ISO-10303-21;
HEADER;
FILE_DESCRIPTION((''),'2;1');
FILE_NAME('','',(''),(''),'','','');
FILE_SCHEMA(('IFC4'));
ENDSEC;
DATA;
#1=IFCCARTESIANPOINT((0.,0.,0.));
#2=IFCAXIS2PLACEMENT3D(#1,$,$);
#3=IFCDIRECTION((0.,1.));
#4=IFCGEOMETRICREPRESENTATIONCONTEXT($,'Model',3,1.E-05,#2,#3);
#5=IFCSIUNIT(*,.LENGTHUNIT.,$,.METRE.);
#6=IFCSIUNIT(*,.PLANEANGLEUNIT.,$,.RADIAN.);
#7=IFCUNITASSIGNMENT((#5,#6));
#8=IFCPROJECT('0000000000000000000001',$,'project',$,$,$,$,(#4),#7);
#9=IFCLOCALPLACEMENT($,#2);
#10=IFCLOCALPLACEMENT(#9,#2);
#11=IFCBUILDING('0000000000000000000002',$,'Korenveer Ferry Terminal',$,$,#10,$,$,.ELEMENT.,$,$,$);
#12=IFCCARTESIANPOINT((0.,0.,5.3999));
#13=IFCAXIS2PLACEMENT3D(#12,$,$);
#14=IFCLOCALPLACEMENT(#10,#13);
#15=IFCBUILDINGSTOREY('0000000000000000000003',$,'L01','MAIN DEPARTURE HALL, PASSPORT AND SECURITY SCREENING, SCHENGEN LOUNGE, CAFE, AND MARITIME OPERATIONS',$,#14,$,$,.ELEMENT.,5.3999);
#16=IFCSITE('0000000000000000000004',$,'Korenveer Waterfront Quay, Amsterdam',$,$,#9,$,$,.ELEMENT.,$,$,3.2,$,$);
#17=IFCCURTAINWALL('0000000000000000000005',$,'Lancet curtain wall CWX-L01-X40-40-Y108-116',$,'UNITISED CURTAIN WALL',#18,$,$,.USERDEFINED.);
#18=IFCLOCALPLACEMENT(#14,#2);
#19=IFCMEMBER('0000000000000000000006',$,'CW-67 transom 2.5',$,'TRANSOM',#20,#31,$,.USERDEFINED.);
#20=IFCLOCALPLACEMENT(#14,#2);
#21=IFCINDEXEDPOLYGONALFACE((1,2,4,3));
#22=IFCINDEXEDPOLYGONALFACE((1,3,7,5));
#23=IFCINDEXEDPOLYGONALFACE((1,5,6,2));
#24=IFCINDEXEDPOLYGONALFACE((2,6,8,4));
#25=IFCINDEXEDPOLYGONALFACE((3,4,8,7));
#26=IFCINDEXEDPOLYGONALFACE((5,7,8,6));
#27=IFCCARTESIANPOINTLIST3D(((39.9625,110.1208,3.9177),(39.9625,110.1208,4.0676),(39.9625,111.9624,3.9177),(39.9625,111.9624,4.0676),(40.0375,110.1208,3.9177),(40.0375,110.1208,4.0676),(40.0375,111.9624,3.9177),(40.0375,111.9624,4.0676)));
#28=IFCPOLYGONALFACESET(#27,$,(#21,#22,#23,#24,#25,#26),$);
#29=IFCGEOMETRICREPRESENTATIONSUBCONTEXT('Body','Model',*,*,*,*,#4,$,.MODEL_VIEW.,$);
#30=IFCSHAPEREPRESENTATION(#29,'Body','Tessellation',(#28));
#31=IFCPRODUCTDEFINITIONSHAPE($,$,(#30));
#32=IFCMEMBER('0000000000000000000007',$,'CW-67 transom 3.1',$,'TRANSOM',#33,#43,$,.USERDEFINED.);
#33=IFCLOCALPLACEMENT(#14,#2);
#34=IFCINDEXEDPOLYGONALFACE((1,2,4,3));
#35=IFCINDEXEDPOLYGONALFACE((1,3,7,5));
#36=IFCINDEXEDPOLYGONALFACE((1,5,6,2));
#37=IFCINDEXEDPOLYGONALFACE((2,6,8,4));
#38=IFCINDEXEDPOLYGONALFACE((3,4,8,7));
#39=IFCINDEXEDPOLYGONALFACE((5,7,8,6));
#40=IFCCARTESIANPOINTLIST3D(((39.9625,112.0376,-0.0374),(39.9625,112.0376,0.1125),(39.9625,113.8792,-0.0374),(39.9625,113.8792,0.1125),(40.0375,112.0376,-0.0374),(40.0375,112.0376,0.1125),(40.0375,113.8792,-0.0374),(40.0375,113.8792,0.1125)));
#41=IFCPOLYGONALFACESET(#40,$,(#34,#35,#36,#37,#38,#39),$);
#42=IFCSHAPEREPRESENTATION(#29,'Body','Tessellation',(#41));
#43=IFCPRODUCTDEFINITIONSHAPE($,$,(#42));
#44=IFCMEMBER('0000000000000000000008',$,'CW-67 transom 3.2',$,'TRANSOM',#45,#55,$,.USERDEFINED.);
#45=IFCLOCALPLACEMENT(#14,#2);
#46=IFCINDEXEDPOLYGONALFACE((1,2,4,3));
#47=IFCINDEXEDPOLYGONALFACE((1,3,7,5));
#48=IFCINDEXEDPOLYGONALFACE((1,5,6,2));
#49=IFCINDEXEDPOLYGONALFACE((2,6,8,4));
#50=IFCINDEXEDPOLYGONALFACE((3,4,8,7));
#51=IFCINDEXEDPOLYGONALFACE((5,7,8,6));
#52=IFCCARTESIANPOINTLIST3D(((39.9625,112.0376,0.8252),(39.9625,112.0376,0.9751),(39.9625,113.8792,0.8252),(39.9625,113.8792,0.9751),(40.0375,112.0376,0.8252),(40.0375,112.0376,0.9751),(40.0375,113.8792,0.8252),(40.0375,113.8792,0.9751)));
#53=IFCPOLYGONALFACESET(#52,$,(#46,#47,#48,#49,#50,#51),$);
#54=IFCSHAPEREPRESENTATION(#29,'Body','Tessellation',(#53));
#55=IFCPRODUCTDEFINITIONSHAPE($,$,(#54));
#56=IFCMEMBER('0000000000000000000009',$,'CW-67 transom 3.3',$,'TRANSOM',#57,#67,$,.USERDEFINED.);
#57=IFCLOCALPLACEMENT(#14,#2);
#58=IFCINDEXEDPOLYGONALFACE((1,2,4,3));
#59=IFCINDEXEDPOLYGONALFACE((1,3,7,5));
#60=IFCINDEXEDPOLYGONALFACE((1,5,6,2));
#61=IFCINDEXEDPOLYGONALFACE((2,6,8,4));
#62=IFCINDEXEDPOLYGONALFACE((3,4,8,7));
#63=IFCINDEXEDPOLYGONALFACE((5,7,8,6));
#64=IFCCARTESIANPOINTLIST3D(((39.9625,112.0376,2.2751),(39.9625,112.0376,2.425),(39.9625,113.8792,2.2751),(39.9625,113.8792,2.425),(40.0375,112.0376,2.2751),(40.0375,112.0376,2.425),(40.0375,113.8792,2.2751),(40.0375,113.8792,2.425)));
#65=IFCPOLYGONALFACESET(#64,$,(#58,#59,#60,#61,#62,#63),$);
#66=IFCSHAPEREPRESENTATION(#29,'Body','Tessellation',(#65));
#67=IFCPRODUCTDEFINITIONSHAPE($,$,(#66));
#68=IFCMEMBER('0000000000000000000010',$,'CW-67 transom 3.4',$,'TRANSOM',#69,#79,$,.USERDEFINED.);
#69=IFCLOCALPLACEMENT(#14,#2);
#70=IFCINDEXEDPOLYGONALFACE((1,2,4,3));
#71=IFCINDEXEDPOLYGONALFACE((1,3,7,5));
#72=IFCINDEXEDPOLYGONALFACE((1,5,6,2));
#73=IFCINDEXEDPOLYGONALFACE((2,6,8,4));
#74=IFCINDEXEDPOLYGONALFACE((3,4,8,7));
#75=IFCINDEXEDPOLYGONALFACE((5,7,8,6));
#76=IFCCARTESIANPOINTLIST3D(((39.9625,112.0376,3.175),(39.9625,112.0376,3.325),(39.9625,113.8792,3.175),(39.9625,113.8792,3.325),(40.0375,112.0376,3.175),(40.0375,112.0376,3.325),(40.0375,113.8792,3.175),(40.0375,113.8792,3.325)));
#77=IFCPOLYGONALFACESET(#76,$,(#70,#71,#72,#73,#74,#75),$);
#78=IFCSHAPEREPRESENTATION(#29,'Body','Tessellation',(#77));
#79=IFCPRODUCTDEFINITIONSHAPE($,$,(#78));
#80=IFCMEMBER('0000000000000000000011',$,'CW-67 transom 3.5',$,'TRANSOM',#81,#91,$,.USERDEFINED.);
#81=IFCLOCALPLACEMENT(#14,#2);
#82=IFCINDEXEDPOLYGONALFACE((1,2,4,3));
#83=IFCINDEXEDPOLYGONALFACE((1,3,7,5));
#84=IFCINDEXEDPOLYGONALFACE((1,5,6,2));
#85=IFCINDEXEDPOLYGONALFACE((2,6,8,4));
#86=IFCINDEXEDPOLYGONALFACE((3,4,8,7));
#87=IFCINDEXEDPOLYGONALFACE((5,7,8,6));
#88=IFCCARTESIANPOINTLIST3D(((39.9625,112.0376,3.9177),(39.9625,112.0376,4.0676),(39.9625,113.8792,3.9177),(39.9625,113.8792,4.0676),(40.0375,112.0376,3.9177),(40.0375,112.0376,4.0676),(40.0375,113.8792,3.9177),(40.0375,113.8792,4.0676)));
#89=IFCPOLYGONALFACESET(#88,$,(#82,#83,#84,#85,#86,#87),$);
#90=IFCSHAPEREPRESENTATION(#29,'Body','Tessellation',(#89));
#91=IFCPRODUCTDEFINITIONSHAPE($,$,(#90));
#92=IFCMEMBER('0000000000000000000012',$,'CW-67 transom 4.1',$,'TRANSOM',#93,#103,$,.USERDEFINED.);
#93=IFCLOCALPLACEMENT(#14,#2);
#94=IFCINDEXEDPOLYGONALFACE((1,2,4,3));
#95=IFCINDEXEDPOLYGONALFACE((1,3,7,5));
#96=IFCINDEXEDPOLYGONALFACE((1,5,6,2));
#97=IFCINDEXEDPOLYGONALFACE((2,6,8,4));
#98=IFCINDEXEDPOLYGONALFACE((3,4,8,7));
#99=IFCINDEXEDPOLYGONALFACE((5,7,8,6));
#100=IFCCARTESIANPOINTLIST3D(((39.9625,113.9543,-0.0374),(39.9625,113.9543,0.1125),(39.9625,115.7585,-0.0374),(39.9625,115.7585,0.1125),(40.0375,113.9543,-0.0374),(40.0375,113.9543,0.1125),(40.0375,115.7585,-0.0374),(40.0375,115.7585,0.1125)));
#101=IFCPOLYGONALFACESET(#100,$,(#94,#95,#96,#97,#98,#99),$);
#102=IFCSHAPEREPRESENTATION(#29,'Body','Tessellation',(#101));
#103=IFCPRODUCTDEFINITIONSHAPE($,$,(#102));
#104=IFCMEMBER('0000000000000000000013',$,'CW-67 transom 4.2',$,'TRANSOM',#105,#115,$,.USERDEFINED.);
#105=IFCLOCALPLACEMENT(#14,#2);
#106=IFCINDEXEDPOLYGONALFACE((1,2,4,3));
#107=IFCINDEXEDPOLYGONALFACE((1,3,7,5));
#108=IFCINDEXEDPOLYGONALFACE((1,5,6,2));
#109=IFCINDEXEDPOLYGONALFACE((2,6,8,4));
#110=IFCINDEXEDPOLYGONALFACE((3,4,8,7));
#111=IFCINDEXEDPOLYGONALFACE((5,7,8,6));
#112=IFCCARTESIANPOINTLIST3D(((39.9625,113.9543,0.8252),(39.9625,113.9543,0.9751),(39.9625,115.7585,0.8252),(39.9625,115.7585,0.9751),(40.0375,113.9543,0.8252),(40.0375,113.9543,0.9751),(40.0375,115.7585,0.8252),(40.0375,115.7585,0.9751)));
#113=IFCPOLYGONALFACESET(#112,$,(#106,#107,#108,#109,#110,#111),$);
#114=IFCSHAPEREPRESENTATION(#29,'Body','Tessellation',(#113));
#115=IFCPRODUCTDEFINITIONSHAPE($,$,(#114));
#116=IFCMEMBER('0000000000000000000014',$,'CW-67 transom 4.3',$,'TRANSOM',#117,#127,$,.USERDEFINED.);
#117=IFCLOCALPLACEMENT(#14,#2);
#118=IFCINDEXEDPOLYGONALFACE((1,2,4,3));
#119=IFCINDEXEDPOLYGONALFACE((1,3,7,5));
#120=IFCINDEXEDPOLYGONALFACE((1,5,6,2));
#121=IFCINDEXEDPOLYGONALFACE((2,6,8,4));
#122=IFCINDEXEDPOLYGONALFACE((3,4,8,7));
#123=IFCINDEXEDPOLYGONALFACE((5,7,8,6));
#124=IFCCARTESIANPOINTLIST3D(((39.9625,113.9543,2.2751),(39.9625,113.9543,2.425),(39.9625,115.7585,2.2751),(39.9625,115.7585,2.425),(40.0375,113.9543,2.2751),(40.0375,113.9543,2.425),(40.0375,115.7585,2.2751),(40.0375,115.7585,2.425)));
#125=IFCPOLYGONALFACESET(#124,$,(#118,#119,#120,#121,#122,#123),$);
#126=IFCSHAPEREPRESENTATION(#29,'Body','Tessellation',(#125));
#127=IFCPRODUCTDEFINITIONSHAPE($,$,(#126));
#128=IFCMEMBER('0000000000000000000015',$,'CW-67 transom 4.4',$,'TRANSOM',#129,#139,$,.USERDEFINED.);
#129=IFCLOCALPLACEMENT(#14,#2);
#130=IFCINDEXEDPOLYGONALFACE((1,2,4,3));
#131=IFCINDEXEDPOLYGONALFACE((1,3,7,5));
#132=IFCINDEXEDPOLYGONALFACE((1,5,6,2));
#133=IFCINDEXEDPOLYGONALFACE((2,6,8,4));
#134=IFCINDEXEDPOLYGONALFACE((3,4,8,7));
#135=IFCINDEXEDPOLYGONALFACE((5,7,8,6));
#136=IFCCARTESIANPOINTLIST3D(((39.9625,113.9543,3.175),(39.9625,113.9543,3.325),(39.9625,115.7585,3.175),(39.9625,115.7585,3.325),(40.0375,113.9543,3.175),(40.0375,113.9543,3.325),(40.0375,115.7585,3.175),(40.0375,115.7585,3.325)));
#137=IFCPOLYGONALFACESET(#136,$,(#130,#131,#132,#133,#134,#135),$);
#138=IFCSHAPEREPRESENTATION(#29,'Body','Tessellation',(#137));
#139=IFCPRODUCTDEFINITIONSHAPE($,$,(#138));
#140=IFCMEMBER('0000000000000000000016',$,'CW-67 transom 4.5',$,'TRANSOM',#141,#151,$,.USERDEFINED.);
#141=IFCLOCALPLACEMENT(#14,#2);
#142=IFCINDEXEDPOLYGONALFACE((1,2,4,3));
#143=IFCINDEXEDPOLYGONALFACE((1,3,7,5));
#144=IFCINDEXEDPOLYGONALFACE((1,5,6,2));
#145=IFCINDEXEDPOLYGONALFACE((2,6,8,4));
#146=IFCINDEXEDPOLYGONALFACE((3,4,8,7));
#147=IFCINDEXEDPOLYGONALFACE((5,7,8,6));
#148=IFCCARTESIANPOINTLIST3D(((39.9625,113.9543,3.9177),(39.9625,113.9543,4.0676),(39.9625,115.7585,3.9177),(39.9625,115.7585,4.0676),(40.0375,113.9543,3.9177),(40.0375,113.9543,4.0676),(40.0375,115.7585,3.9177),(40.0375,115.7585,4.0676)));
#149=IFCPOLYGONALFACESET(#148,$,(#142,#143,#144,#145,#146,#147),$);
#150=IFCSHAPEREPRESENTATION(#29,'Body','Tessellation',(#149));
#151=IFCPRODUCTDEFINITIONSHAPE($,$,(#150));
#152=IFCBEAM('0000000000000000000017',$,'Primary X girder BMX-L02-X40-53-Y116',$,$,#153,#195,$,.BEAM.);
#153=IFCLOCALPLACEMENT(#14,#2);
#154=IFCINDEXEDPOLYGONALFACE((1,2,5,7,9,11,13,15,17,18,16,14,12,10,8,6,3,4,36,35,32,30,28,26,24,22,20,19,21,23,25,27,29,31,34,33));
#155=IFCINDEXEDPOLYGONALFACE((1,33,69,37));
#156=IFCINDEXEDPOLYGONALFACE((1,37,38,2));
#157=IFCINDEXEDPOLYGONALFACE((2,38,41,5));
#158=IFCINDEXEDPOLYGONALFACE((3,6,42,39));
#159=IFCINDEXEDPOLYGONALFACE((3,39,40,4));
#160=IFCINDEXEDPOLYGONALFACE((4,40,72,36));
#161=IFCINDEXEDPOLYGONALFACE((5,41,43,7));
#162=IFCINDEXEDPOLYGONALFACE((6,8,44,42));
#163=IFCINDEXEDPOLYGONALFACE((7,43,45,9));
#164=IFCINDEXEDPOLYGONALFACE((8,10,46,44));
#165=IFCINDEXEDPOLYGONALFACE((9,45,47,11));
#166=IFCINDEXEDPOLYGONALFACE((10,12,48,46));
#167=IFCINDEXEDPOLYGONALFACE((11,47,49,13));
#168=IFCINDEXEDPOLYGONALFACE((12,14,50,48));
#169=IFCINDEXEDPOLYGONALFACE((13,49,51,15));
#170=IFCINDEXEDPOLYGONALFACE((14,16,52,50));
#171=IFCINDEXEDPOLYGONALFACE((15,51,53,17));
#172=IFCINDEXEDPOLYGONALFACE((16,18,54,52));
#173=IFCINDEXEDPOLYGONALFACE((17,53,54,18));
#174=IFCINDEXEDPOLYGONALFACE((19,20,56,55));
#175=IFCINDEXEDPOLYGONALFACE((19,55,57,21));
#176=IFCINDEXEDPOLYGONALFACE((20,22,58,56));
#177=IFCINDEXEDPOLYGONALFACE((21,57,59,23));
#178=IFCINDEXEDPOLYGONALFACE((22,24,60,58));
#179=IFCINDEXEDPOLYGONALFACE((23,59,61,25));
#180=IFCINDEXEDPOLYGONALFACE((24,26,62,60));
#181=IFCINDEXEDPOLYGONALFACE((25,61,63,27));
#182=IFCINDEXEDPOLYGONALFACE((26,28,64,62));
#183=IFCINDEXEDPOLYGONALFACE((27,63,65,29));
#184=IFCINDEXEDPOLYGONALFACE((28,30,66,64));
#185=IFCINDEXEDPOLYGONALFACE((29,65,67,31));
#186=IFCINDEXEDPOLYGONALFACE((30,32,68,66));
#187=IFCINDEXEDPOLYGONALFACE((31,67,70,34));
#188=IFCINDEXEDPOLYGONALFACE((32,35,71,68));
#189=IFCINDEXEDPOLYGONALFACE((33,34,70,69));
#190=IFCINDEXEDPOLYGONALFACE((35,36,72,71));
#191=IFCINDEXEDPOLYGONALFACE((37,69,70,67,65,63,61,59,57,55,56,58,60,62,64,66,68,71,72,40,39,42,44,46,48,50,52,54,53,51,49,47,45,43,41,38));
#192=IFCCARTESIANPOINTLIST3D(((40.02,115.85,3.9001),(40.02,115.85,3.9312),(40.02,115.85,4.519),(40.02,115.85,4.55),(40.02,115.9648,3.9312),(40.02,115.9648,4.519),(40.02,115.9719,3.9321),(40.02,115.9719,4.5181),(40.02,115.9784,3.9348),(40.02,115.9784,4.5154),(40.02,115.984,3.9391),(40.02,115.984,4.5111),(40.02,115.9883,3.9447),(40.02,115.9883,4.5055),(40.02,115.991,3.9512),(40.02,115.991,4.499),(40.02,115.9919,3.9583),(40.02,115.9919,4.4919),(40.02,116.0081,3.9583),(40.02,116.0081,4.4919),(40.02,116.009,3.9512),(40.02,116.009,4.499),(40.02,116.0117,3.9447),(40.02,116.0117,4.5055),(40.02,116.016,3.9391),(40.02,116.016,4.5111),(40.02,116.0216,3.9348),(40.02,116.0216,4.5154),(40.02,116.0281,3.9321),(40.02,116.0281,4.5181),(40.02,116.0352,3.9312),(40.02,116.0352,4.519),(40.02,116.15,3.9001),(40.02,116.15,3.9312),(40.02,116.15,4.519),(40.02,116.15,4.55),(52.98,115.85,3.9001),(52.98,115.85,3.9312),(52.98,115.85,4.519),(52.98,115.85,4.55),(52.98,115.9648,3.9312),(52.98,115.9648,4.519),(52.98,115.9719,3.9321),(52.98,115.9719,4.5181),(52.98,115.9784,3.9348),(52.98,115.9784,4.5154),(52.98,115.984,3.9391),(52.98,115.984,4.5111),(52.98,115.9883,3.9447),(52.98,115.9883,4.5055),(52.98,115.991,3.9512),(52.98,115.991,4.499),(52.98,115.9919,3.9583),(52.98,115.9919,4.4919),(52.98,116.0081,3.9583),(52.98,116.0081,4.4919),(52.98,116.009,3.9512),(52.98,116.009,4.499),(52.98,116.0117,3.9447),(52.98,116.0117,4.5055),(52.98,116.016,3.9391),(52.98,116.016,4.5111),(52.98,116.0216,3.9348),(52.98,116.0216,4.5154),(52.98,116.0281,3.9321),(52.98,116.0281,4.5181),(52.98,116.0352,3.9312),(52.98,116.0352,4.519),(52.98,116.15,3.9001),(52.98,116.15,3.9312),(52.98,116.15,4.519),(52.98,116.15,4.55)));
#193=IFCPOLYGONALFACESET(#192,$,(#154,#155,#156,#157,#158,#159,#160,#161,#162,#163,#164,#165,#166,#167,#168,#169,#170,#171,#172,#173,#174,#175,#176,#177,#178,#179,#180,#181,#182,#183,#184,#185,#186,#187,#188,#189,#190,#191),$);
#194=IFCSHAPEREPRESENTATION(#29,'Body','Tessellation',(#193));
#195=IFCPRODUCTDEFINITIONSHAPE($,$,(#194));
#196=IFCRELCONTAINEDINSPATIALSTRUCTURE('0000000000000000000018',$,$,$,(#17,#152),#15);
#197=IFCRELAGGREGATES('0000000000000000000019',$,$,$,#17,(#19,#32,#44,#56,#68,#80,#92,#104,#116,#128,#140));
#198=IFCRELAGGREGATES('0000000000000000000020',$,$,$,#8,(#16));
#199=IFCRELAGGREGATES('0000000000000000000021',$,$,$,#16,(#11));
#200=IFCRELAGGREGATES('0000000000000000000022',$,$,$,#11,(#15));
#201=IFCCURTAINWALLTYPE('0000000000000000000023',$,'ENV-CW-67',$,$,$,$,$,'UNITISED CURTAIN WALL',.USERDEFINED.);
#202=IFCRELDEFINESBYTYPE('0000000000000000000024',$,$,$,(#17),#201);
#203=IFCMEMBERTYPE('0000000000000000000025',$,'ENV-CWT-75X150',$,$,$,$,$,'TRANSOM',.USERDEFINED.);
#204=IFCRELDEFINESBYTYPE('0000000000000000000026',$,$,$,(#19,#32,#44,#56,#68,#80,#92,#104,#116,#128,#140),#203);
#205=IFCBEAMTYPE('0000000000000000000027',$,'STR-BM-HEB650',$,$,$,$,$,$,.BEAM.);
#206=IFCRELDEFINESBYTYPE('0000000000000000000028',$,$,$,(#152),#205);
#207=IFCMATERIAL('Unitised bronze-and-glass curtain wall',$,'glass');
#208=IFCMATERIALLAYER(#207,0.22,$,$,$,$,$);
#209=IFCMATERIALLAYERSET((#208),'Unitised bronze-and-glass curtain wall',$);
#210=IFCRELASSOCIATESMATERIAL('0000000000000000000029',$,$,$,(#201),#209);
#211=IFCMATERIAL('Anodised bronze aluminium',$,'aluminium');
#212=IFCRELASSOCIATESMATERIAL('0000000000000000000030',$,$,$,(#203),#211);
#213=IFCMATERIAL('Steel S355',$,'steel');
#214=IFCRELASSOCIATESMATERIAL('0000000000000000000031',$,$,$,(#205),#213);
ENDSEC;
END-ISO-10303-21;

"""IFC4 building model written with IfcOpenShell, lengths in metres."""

from ifc_helpers import new_model, si_unit, direction, frame, origin, origin_2d, place, context, subcontext, project, spatial, rectangle, i_section, extrude, material, layer, layer_set, material_profile, profile_set, type_object, element, aggregate, save


model = new_model("IFC4")

# Units and contexts
model_context = context("Model", 3, precision=1e-05, world=origin(), true_north=direction((0.0, 1.0)))
body_context = subcontext(model_context, "Body", "Model", "MODEL_VIEW")
ifc_project = project(units=[si_unit("LENGTHUNIT", "METRE"), si_unit("PLANEANGLEUNIT", "RADIAN")], contexts=[model_context])

# Site, building, storey
site_placement = place(None, origin())
site = spatial("IfcSite", under=ifc_project, at=site_placement, Name="Korenveer Waterfront Quay, Amsterdam", CompositionType="ELEMENT", RefElevation=3.2)
building_placement = place(site_placement, origin())
building = spatial("IfcBuilding", under=site, at=building_placement, Name="Korenveer Ferry Terminal", CompositionType="ELEMENT")
storey_placement = place(building_placement, frame((0.0, 0.0, 5.3999)))
storey = spatial("IfcBuildingStorey", under=building, at=storey_placement, Name="L01", Description="MAIN DEPARTURE HALL, PASSPORT AND SECURITY SCREENING, SCHENGEN LOUNGE, CAFE, AND MARITIME OPERATIONS", CompositionType="ELEMENT", Elevation=5.3999)

# Shared definitions
ifc_material_1 = material(Name="Steel S355", Category="steel")

# Shared definitions
ifc_material_2 = material(Name="Unitised bronze-and-glass curtain wall", Category="glass")
ifc_material_3 = material(Name="Anodised bronze aluminium", Category="aluminium")

# Curtain wall
ifc_layer_1 = layer(ifc_material_2, 0.22)
ifc_layer_set_1 = layer_set([ifc_layer_1], Name="Unitised bronze-and-glass curtain wall")
curtain_wall_type_1 = type_object("IfcCurtainWallType", Name="ENV-CW-67", ElementType="UNITISED CURTAIN WALL", PredefinedType="USERDEFINED", material=ifc_layer_set_1)
curtain_wall_1_placement = place(storey_placement, frame((40.0, 108.1665, 0.0)))
curtain_wall_1 = element("IfcCurtainWall", 1, at=curtain_wall_1_placement, inside=storey, type_object=curtain_wall_type_1, Name="Lancet curtain wall CWX-L01-X40-40-Y108-116", ObjectType="UNITISED CURTAIN WALL", PredefinedType="USERDEFINED")

# Members
ifc_material_profile_1 = material_profile(ifc_material_3, rectangle(XDim=0.075, YDim=0.1499, at=origin_2d()), Name="ALU 75x150")
ifc_profile_set_1 = profile_set([ifc_material_profile_1], Name="Anodised bronze aluminium")
member_type_1 = type_object("IfcMemberType", Name="ENV-CWT-75X150", ElementType="TRANSOM", PredefinedType="USERDEFINED", material=ifc_profile_set_1)
member_1_placement = place(storey_placement, frame((40.0, 110.1208, 3.9927), z_axis=(0.0, 1.0, 0.0), x_axis=(-1.0, 0.0, 0.0)))
member_1 = element("IfcMember", 2, at=member_1_placement, type_object=member_type_1, Name="CW-67 transom 2.5", ObjectType="TRANSOM", PredefinedType="USERDEFINED", context=body_context, shape_type="SweptSolid", body=[
    extrude(rectangle(XDim=0.075, YDim=0.1499, at=origin_2d()), origin(), (0.0, 0.0, 1.0), 1.8416),
])
member_2_placement = place(storey_placement, frame((40.0, 112.0376, 0.0376), z_axis=(0.0, 1.0, 0.0), x_axis=(-1.0, 0.0, 0.0)))
member_2 = element("IfcMember", 3, at=member_2_placement, type_object=member_type_1, Name="CW-67 transom 3.1", ObjectType="TRANSOM", PredefinedType="USERDEFINED", context=body_context, shape_type="SweptSolid", body=[
    extrude(rectangle(XDim=0.075, YDim=0.1499, at=origin_2d()), origin(), (0.0, 0.0, 1.0), 1.8416),
])
member_3_placement = place(storey_placement, frame((40.0, 112.0376, 0.9001), z_axis=(0.0, 1.0, 0.0), x_axis=(-1.0, 0.0, 0.0)))
member_3 = element("IfcMember", 4, at=member_3_placement, type_object=member_type_1, Name="CW-67 transom 3.2", ObjectType="TRANSOM", PredefinedType="USERDEFINED", context=body_context, shape_type="SweptSolid", body=[
    extrude(rectangle(XDim=0.075, YDim=0.1499, at=origin_2d()), origin(), (0.0, 0.0, 1.0), 1.8416),
])
member_4_placement = place(storey_placement, frame((40.0, 112.0376, 2.3501), z_axis=(0.0, 1.0, 0.0), x_axis=(-1.0, 0.0, 0.0)))
member_4 = element("IfcMember", 5, at=member_4_placement, type_object=member_type_1, Name="CW-67 transom 3.3", ObjectType="TRANSOM", PredefinedType="USERDEFINED", context=body_context, shape_type="SweptSolid", body=[
    extrude(rectangle(XDim=0.075, YDim=0.1499, at=origin_2d()), origin(), (0.0, 0.0, 1.0), 1.8416),
])
member_5_placement = place(storey_placement, frame((40.0, 112.0376, 3.25), z_axis=(0.0, 1.0, 0.0), x_axis=(-1.0, 0.0, 0.0)))
member_5 = element("IfcMember", 6, at=member_5_placement, type_object=member_type_1, Name="CW-67 transom 3.4", ObjectType="TRANSOM", PredefinedType="USERDEFINED", context=body_context, shape_type="SweptSolid", body=[
    extrude(rectangle(XDim=0.075, YDim=0.1499, at=origin_2d()), origin(), (0.0, 0.0, 1.0), 1.8416),
])
member_6_placement = place(storey_placement, frame((40.0, 112.0376, 3.9927), z_axis=(0.0, 1.0, 0.0), x_axis=(-1.0, 0.0, 0.0)))
member_6 = element("IfcMember", 7, at=member_6_placement, type_object=member_type_1, Name="CW-67 transom 3.5", ObjectType="TRANSOM", PredefinedType="USERDEFINED", context=body_context, shape_type="SweptSolid", body=[
    extrude(rectangle(XDim=0.075, YDim=0.1499, at=origin_2d()), origin(), (0.0, 0.0, 1.0), 1.8416),
])
member_7_placement = place(storey_placement, frame((40.0, 113.9543, 0.0376), z_axis=(0.0, 1.0, 0.0), x_axis=(-1.0, 0.0, 0.0)))
member_7 = element("IfcMember", 8, at=member_7_placement, type_object=member_type_1, Name="CW-67 transom 4.1", ObjectType="TRANSOM", PredefinedType="USERDEFINED", context=body_context, shape_type="SweptSolid", body=[
    extrude(rectangle(XDim=0.075, YDim=0.1499, at=origin_2d()), origin(), (0.0, 0.0, 1.0), 1.8042),
])
member_8_placement = place(storey_placement, frame((40.0, 113.9543, 0.9001), z_axis=(0.0, 1.0, 0.0), x_axis=(-1.0, 0.0, 0.0)))
member_8 = element("IfcMember", 9, at=member_8_placement, type_object=member_type_1, Name="CW-67 transom 4.2", ObjectType="TRANSOM", PredefinedType="USERDEFINED", context=body_context, shape_type="SweptSolid", body=[
    extrude(rectangle(XDim=0.075, YDim=0.1499, at=origin_2d()), origin(), (0.0, 0.0, 1.0), 1.8042),
])
member_9_placement = place(storey_placement, frame((40.0, 113.9543, 2.3501), z_axis=(0.0, 1.0, 0.0), x_axis=(-1.0, 0.0, 0.0)))
member_9 = element("IfcMember", 10, at=member_9_placement, type_object=member_type_1, Name="CW-67 transom 4.3", ObjectType="TRANSOM", PredefinedType="USERDEFINED", context=body_context, shape_type="SweptSolid", body=[
    extrude(rectangle(XDim=0.075, YDim=0.1499, at=origin_2d()), origin(), (0.0, 0.0, 1.0), 1.8042),
])
member_10_placement = place(storey_placement, frame((40.0, 113.9543, 3.25), z_axis=(0.0, 1.0, 0.0), x_axis=(-1.0, 0.0, 0.0)))
member_10 = element("IfcMember", 11, at=member_10_placement, type_object=member_type_1, Name="CW-67 transom 4.4", ObjectType="TRANSOM", PredefinedType="USERDEFINED", context=body_context, shape_type="SweptSolid", body=[
    extrude(rectangle(XDim=0.075, YDim=0.1499, at=origin_2d()), origin(), (0.0, 0.0, 1.0), 1.8042),
])
member_11_placement = place(storey_placement, frame((40.0, 113.9543, 3.9927), z_axis=(0.0, 1.0, 0.0), x_axis=(-1.0, 0.0, 0.0)))
member_11 = element("IfcMember", 12, at=member_11_placement, type_object=member_type_1, Name="CW-67 transom 4.5", ObjectType="TRANSOM", PredefinedType="USERDEFINED", context=body_context, shape_type="SweptSolid", body=[
    extrude(rectangle(XDim=0.075, YDim=0.1499, at=origin_2d()), origin(), (0.0, 0.0, 1.0), 1.8042),
])

# Beam
ifc_material_profile_2 = material_profile(ifc_material_1, i_section(OverallWidth=0.3, OverallDepth=0.6499, WebThickness=0.0161, FlangeThickness=0.031, FilletRadius=0.0271, at=origin_2d()), Name="HEB 650")
ifc_profile_set_2 = profile_set([ifc_material_profile_2], Name="Steel S355")
beam_type = type_object("IfcBeamType", Name="STR-BM-HEB650", PredefinedType="BEAM", material=ifc_profile_set_2)
beam_placement = place(storey_placement, frame((40.02, 116.0, 4.2251), z_axis=(1.0, 0.0, 0.0), x_axis=(0.0, 1.0, 0.0)))
element("IfcBeam", 13, at=beam_placement, inside=storey, type_object=beam_type, Name="Primary X girder BMX-L02-X40-53-Y116", PredefinedType="BEAM", context=body_context, shape_type="SweptSolid", body=[
    extrude(i_section(OverallWidth=0.3, OverallDepth=0.6499, WebThickness=0.0161, FlangeThickness=0.031, FilletRadius=0.0271, at=origin_2d()), origin(), (0.0, 0.0, 1.0), 12.96),
])

aggregate(curtain_wall_1, [member_1, member_2, member_3, member_4, member_5, member_6, member_7, member_8, member_9, member_10, member_11])

save(model, "model.ifc")
